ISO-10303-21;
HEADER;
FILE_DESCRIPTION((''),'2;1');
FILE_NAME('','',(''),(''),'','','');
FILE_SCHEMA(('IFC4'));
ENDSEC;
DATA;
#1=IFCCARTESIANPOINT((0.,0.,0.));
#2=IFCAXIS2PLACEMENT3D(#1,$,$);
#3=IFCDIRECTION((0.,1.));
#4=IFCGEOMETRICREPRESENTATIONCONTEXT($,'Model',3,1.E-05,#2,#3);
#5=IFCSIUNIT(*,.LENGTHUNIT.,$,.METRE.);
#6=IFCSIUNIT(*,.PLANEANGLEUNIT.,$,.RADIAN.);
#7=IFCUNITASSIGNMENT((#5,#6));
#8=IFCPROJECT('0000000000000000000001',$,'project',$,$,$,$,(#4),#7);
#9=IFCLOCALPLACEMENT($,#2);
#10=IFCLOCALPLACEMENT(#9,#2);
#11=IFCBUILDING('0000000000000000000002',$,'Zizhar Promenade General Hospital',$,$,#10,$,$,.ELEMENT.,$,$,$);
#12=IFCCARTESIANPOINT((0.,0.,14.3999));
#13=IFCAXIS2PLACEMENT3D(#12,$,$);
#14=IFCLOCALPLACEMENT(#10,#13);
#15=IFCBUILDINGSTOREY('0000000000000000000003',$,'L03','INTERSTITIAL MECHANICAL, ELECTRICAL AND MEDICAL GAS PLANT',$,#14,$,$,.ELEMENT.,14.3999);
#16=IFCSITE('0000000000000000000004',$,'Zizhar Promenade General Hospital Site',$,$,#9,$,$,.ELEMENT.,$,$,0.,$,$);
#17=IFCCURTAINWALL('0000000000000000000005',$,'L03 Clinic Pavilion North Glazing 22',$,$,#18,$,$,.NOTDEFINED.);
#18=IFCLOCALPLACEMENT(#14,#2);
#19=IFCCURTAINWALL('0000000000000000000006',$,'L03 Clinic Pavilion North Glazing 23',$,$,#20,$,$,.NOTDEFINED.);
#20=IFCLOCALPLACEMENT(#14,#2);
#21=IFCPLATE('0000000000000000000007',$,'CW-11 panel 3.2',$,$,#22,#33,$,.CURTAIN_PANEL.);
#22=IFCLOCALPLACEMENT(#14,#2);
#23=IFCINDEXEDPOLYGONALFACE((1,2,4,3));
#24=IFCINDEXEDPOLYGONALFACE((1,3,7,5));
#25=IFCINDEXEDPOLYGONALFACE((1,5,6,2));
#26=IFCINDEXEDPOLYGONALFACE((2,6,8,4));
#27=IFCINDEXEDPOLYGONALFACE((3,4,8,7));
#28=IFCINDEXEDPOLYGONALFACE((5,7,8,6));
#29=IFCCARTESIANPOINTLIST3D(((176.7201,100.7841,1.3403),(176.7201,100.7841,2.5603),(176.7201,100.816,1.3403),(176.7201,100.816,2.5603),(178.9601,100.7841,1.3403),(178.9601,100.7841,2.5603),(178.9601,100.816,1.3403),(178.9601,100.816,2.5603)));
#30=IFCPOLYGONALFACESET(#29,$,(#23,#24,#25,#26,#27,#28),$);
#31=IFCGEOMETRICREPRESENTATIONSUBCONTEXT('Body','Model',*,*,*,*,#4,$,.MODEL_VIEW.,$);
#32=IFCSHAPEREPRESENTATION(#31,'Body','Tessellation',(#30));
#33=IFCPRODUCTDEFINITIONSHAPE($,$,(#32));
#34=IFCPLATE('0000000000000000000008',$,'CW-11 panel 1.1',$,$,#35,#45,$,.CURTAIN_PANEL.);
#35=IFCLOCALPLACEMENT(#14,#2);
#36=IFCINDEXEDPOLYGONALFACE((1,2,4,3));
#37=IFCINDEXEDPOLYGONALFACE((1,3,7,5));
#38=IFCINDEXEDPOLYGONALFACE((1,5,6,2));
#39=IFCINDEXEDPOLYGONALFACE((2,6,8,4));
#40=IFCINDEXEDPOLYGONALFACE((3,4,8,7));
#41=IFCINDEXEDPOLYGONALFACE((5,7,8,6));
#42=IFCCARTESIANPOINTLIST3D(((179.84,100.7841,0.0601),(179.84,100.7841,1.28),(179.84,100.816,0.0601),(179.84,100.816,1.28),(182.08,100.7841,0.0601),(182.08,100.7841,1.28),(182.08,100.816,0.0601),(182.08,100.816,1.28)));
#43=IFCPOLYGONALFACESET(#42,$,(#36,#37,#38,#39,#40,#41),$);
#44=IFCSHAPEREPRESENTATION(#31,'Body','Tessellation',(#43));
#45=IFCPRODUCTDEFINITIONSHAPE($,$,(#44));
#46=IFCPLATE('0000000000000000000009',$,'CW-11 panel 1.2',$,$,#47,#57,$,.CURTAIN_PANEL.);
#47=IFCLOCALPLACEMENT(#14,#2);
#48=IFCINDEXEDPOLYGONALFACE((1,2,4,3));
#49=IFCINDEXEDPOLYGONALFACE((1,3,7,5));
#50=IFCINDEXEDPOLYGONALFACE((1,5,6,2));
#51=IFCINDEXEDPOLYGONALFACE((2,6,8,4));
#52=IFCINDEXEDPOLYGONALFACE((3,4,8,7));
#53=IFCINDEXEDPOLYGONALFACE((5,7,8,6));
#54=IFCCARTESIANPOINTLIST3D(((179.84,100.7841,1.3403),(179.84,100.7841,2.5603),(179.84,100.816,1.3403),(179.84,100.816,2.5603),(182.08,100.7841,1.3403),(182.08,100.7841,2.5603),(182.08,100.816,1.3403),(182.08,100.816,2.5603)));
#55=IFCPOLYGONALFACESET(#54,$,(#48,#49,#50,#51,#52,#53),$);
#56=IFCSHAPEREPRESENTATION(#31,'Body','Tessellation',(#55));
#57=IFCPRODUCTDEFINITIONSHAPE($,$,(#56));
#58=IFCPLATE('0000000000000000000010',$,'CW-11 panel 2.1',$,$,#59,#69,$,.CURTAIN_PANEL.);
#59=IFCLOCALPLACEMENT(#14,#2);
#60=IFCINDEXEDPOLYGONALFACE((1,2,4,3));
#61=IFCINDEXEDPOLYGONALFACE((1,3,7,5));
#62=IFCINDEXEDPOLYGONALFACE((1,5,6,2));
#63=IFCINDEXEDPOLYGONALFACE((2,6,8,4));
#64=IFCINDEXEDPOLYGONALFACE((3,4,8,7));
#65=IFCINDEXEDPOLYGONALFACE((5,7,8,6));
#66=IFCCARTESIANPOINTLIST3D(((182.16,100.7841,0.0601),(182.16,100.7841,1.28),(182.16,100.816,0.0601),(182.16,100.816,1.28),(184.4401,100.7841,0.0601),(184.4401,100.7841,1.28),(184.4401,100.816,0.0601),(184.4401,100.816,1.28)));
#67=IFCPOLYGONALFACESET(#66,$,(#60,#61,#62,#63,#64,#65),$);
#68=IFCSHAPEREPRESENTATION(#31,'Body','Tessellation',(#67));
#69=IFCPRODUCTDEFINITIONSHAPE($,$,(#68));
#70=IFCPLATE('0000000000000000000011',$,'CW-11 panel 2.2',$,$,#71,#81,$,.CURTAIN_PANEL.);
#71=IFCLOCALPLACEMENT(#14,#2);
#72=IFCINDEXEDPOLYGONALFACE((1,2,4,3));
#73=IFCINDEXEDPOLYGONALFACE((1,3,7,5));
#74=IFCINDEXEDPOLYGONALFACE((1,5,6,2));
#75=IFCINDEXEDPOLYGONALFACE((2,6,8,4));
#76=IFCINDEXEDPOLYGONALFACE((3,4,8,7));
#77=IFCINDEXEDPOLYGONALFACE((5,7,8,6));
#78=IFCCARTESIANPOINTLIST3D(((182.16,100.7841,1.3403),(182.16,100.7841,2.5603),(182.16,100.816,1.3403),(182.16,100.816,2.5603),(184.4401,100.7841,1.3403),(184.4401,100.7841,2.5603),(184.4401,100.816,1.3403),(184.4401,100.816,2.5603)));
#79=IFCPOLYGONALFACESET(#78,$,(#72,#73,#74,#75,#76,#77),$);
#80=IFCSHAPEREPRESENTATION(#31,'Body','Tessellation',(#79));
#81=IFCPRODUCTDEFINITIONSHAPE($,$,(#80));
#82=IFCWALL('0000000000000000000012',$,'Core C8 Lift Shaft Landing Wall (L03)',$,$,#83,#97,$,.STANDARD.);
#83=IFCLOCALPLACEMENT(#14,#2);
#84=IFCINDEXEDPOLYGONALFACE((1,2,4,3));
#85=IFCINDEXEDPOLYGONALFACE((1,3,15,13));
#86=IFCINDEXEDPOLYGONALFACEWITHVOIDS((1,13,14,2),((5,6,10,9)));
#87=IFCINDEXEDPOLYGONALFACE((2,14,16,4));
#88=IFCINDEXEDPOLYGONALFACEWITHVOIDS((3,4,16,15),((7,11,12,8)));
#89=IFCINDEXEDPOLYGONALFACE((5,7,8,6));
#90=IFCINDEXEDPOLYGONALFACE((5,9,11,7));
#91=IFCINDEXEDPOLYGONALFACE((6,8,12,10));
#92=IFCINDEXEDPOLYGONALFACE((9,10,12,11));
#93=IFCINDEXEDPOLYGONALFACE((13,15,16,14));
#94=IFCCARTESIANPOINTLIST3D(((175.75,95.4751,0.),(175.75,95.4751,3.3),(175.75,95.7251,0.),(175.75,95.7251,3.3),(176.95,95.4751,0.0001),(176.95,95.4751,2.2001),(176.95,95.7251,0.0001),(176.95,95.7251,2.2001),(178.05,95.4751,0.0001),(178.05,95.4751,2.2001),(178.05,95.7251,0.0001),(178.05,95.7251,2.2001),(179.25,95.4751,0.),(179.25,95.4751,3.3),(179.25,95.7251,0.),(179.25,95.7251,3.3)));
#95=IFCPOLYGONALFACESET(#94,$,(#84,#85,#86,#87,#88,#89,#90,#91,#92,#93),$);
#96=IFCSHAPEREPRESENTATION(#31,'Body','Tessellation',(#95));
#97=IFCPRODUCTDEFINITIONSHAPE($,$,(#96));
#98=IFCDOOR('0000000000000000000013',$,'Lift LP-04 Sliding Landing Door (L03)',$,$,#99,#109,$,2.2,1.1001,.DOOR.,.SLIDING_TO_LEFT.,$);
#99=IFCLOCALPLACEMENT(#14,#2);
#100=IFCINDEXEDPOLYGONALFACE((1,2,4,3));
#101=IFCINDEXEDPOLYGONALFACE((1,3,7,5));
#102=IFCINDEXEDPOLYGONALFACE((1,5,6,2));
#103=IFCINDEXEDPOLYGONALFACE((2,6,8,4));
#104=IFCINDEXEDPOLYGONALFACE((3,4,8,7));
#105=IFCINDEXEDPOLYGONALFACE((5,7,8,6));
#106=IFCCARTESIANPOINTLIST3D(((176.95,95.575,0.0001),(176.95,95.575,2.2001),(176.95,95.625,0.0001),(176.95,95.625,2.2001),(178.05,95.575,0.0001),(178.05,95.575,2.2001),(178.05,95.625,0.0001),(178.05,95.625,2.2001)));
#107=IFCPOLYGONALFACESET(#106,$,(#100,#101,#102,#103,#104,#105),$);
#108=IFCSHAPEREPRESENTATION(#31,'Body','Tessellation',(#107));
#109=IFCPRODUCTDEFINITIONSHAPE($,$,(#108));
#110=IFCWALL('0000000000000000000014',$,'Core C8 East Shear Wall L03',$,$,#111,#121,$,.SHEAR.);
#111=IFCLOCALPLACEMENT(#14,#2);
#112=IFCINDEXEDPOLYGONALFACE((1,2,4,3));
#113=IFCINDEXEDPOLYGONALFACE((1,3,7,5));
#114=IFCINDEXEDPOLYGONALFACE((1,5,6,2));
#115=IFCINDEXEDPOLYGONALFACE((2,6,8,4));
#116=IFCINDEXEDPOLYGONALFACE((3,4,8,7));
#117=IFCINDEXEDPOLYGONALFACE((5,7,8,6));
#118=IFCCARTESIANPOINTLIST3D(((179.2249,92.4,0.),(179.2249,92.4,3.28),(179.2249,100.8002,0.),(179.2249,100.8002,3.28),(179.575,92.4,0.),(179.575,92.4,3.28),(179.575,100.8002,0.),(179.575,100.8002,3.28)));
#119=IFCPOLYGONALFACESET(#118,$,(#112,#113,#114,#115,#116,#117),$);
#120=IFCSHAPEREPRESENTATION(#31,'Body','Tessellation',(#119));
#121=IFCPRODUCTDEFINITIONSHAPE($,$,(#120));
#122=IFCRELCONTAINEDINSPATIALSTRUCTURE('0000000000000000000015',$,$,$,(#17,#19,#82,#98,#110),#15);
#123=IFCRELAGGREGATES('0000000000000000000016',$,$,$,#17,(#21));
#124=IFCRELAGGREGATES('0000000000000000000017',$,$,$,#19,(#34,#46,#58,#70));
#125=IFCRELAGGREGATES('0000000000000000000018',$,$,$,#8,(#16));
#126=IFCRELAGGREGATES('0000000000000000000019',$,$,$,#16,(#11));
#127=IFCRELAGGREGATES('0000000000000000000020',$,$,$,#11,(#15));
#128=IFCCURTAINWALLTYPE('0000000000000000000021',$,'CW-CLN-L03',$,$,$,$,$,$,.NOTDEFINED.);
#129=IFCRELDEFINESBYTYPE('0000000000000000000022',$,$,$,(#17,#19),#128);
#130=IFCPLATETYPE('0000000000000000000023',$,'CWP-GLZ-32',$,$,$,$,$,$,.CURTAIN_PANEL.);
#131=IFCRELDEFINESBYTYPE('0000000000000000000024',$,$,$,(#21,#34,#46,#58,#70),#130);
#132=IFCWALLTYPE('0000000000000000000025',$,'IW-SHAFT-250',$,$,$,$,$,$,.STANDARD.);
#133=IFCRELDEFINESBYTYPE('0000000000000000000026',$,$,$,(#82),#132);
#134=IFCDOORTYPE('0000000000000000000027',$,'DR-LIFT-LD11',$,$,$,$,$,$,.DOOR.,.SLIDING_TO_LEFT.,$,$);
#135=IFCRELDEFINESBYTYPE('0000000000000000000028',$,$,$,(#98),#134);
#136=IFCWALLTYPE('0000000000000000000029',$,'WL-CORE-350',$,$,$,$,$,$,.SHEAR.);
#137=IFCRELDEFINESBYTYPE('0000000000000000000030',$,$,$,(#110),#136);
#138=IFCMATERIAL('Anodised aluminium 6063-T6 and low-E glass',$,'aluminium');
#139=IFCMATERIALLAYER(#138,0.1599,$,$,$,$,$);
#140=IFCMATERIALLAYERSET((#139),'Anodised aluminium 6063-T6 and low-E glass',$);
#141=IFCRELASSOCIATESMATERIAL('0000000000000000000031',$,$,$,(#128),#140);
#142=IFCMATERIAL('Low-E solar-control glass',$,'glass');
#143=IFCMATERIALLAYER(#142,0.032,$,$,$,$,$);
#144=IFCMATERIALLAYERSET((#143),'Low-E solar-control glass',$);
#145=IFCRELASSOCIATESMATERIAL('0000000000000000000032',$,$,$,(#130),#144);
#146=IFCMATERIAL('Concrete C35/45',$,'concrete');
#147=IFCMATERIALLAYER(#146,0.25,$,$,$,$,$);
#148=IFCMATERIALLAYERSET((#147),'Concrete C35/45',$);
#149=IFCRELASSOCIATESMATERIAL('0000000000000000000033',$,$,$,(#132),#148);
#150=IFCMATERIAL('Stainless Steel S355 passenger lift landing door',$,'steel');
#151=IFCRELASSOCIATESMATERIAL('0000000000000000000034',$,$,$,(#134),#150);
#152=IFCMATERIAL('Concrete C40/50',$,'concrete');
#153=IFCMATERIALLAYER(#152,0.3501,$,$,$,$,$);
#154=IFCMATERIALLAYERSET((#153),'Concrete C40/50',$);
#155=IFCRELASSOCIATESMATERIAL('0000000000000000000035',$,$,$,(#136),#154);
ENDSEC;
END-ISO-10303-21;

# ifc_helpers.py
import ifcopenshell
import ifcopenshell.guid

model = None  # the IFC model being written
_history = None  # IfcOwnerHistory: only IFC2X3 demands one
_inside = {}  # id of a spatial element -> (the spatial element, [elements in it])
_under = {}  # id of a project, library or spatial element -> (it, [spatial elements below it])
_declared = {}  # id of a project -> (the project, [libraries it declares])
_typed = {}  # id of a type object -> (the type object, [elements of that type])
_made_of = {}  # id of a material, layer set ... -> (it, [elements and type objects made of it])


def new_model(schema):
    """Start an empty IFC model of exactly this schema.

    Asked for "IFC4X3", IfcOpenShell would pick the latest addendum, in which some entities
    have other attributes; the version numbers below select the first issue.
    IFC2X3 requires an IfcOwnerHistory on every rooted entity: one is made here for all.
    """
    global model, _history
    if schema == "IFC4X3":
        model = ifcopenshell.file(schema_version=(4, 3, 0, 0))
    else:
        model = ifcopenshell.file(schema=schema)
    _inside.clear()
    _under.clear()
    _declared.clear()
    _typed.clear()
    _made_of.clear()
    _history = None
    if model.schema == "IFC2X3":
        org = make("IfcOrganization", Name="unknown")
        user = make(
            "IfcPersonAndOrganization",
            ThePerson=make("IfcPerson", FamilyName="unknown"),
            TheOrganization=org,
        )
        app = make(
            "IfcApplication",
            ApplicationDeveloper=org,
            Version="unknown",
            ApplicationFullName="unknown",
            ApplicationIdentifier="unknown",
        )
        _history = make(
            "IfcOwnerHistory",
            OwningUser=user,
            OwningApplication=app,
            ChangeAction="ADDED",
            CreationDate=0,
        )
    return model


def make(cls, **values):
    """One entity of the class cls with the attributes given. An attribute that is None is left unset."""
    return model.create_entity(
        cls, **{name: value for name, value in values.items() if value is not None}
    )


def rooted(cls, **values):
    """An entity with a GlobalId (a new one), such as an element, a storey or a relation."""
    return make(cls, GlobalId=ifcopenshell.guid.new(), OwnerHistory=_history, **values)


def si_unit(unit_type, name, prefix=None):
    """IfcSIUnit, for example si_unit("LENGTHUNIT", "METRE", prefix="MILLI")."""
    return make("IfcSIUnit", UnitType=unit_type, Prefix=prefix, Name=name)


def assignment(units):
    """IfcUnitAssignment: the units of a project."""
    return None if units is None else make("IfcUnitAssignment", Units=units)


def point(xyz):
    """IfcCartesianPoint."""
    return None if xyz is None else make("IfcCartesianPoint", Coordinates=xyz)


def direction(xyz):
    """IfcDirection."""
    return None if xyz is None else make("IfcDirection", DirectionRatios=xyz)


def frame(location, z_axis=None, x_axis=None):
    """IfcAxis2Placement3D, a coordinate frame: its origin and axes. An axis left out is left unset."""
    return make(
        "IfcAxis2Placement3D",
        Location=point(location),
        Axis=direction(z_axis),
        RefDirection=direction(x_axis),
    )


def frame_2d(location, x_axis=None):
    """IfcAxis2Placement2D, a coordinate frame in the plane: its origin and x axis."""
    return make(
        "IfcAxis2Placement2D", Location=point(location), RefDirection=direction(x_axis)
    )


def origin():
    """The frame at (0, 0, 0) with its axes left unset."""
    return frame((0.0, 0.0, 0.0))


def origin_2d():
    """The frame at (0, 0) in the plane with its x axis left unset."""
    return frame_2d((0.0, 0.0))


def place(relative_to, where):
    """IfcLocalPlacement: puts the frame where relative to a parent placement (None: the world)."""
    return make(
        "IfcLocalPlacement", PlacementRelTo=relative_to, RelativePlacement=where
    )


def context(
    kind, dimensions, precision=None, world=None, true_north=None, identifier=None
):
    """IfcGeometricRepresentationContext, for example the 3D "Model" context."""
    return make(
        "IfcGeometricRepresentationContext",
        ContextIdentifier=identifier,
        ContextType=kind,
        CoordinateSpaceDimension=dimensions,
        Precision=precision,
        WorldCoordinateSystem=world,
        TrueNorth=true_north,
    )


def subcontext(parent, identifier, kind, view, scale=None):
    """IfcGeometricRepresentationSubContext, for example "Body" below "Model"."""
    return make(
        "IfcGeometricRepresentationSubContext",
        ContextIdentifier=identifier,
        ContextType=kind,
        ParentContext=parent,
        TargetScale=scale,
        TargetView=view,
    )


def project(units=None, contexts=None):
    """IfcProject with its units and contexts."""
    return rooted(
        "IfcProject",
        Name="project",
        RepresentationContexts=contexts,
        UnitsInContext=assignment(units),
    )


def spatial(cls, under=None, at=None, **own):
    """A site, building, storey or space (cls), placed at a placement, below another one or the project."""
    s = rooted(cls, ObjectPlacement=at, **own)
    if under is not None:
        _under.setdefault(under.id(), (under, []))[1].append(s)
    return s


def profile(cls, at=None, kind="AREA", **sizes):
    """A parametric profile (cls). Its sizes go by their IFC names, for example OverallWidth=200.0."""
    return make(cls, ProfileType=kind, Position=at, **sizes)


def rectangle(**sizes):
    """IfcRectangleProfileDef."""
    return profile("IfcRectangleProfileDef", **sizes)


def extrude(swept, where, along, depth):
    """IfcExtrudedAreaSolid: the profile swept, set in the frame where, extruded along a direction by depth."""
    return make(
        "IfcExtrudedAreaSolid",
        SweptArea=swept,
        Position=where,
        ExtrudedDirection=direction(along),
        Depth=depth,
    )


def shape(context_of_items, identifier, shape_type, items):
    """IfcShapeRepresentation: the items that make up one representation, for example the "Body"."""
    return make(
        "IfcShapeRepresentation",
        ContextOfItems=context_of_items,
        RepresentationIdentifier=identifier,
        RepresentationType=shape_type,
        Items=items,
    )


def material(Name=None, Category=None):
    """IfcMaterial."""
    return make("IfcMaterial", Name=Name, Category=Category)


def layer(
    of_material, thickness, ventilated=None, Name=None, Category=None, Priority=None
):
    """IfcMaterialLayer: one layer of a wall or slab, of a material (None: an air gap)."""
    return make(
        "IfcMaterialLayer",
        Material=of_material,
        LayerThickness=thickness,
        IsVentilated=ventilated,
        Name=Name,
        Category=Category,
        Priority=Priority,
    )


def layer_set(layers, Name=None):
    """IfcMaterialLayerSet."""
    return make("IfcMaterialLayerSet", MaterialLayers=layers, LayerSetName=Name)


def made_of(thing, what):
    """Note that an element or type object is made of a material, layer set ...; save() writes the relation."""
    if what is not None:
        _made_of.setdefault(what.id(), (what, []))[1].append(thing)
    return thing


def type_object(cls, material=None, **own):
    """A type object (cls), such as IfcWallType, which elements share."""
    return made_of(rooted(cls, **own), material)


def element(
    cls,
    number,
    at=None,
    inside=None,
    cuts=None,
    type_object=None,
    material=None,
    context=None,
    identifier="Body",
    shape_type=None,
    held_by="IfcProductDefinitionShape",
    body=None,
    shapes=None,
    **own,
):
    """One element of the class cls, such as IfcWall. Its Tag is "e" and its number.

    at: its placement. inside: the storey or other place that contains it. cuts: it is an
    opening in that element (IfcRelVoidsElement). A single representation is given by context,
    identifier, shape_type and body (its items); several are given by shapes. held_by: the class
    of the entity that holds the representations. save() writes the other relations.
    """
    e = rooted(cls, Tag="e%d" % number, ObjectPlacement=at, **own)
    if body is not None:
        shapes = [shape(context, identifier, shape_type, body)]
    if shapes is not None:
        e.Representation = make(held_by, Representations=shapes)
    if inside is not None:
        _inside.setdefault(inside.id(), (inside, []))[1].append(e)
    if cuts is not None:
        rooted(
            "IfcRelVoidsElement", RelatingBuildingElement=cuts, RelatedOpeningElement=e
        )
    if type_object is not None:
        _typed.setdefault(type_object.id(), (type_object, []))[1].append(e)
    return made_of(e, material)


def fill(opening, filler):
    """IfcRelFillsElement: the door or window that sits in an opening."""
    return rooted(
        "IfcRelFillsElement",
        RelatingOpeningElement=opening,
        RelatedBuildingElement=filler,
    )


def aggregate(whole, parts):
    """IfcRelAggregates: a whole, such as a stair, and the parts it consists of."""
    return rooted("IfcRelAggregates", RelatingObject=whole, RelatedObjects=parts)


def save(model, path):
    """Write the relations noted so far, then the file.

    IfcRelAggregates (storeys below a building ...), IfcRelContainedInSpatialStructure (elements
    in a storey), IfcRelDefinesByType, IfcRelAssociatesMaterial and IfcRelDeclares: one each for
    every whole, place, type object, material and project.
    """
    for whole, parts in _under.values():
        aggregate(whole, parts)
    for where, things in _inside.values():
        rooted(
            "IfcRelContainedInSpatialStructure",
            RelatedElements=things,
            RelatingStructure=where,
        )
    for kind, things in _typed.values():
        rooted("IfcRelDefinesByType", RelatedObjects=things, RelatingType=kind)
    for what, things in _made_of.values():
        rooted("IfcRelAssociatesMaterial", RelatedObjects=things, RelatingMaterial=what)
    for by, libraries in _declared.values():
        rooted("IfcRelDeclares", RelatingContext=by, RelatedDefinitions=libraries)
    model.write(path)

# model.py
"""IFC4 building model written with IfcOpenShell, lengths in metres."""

from ifc_helpers import new_model, si_unit, direction, frame, frame_2d, origin, origin_2d, place, context, subcontext, project, spatial, rectangle, extrude, material, layer, layer_set, type_object, element, fill, aggregate, save


model = new_model("IFC4")

# Units and contexts
model_context = context("Model", 3, precision=1e-05, world=origin(), true_north=direction((0.0, 1.0)))
body_context = subcontext(model_context, "Body", "Model", "MODEL_VIEW")
ifc_project = project(units=[si_unit("LENGTHUNIT", "METRE"), si_unit("PLANEANGLEUNIT", "RADIAN")], contexts=[model_context])

# Site, building, storey
site_placement = place(None, origin())
site = spatial("IfcSite", under=ifc_project, at=site_placement, Name="Zizhar Promenade General Hospital Site", CompositionType="ELEMENT", RefElevation=0.0)
building_placement = place(site_placement, origin())
building = spatial("IfcBuilding", under=site, at=building_placement, Name="Zizhar Promenade General Hospital", CompositionType="ELEMENT")
storey_placement = place(building_placement, frame((0.0, 0.0, 14.3999)))
storey = spatial("IfcBuildingStorey", under=building, at=storey_placement, Name="L03", Description="INTERSTITIAL MECHANICAL, ELECTRICAL AND MEDICAL GAS PLANT", CompositionType="ELEMENT", Elevation=14.3999)

# Curtain walls
ifc_material_1 = material(Name="Anodised aluminium 6063-T6 and low-E glass", Category="aluminium")
ifc_layer_1 = layer(ifc_material_1, 0.1599)
ifc_layer_set_1 = layer_set([ifc_layer_1], Name="Anodised aluminium 6063-T6 and low-E glass")
curtain_wall_type = type_object("IfcCurtainWallType", Name="CW-CLN-L03", PredefinedType="NOTDEFINED", material=ifc_layer_set_1)
curtain_wall_1_placement = place(storey_placement, origin())
curtain_wall_1 = element("IfcCurtainWall", 1, at=curtain_wall_1_placement, inside=storey, type_object=curtain_wall_type, Name="L03 Clinic Pavilion North Glazing 22", PredefinedType="NOTDEFINED")
curtain_wall_2_placement = place(storey_placement, origin())
curtain_wall_2 = element("IfcCurtainWall", 2, at=curtain_wall_2_placement, inside=storey, type_object=curtain_wall_type, Name="L03 Clinic Pavilion North Glazing 23", PredefinedType="NOTDEFINED")

# Plates
ifc_material_2 = material(Name="Low-E solar-control glass", Category="glass")
ifc_layer_2 = layer(ifc_material_2, 0.032)
ifc_layer_set_2 = layer_set([ifc_layer_2], Name="Low-E solar-control glass")
plate_type = type_object("IfcPlateType", Name="CWP-GLZ-32", PredefinedType="CURTAIN_PANEL", material=ifc_layer_set_2)
plate_1_placement = place(storey_placement, frame((177.8401, 100.8, 1.3403), z_axis=(0.0, 0.0, 1.0), x_axis=(1.0, 0.0, 0.0)))
plate_1 = element("IfcPlate", 3, at=plate_1_placement, type_object=plate_type, Name="CW-11 panel 3.2", PredefinedType="CURTAIN_PANEL", context=body_context, shape_type="SweptSolid", body=[
    extrude(rectangle(XDim=2.24, YDim=0.032, at=origin_2d()), origin(), (0.0, 0.0, 1.0), 1.22),
])
aggregate(curtain_wall_1, [plate_1])
plate_2_placement = place(storey_placement, frame((180.96, 100.8, 0.0601), z_axis=(0.0, 0.0, 1.0), x_axis=(1.0, 0.0, 0.0)))
plate_2 = element("IfcPlate", 4, at=plate_2_placement, type_object=plate_type, Name="CW-11 panel 1.1", PredefinedType="CURTAIN_PANEL", context=body_context, shape_type="SweptSolid", body=[
    extrude(rectangle(XDim=2.24, YDim=0.032, at=origin_2d()), origin(), (0.0, 0.0, 1.0), 1.22),
])
plate_3_placement = place(storey_placement, frame((180.96, 100.8, 1.3403), z_axis=(0.0, 0.0, 1.0), x_axis=(1.0, 0.0, 0.0)))
plate_3 = element("IfcPlate", 5, at=plate_3_placement, type_object=plate_type, Name="CW-11 panel 1.2", PredefinedType="CURTAIN_PANEL", context=body_context, shape_type="SweptSolid", body=[
    extrude(rectangle(XDim=2.24, YDim=0.032, at=origin_2d()), origin(), (0.0, 0.0, 1.0), 1.22),
])
plate_4_placement = place(storey_placement, frame((183.3, 100.8, 0.0601), z_axis=(0.0, 0.0, 1.0), x_axis=(1.0, 0.0, 0.0)))
plate_4 = element("IfcPlate", 6, at=plate_4_placement, type_object=plate_type, Name="CW-11 panel 2.1", PredefinedType="CURTAIN_PANEL", context=body_context, shape_type="SweptSolid", body=[
    extrude(rectangle(XDim=2.28, YDim=0.032, at=origin_2d()), origin(), (0.0, 0.0, 1.0), 1.22),
])
plate_5_placement = place(storey_placement, frame((183.3, 100.8, 1.3403), z_axis=(0.0, 0.0, 1.0), x_axis=(1.0, 0.0, 0.0)))
plate_5 = element("IfcPlate", 7, at=plate_5_placement, type_object=plate_type, Name="CW-11 panel 2.2", PredefinedType="CURTAIN_PANEL", context=body_context, shape_type="SweptSolid", body=[
    extrude(rectangle(XDim=2.28, YDim=0.032, at=origin_2d()), origin(), (0.0, 0.0, 1.0), 1.22),
])
aggregate(curtain_wall_2, [plate_2, plate_3, plate_4, plate_5])

# Wall, opening, door
ifc_material_3 = material(Name="Concrete C35/45", Category="concrete")
ifc_layer_3 = layer(ifc_material_3, 0.25)
ifc_layer_set_3 = layer_set([ifc_layer_3], Name="Concrete C35/45")
wall_type_1 = type_object("IfcWallType", Name="IW-SHAFT-250", PredefinedType="STANDARD", material=ifc_layer_set_3)
wall_1_placement = place(storey_placement, frame((175.75, 95.6001, 0.0), z_axis=(0.0, 0.0, 1.0), x_axis=(1.0, 0.0, 0.0)))
wall_1 = element("IfcWall", 8, at=wall_1_placement, inside=storey, type_object=wall_type_1, Name="Core C8 Lift Shaft Landing Wall (L03)", PredefinedType="STANDARD", context=body_context, shape_type="SweptSolid", body=[
    extrude(rectangle(XDim=3.5, YDim=0.25, at=frame_2d((1.75, 0.0))), origin(), (0.0, 0.0, 1.0), 3.3),
])
opening_placement = place(wall_1_placement, frame((1.2, 0.0, 0.0)))
opening = element("IfcOpeningElement", 9, at=opening_placement, cuts=wall_1, PredefinedType="OPENING", context=body_context, shape_type="SweptSolid", body=[
    extrude(rectangle(XDim=1.1001, YDim=2.2, at=frame_2d((0.55, 1.1001))), frame((0.0, 0.135, 0.0), z_axis=(0.0, -1.0, 0.0), x_axis=(1.0, 0.0, 0.0)), (0.0, 0.0, 1.0), 0.27),
])
ifc_material_4 = material(Name="Stainless Steel S355 passenger lift landing door", Category="steel")
door_type = type_object("IfcDoorType", Name="DR-LIFT-LD11", OperationType="SLIDING_TO_LEFT", PredefinedType="DOOR", material=ifc_material_4)
door_placement = place(opening_placement, origin())
door = element("IfcDoor", 10, at=door_placement, inside=storey, type_object=door_type, Name="Lift LP-04 Sliding Landing Door (L03)", OperationType="SLIDING_TO_LEFT", OverallHeight=2.2, OverallWidth=1.1001, PredefinedType="DOOR", context=body_context, shape_type="SweptSolid", body=[
    extrude(rectangle(XDim=1.1001, YDim=2.2, at=frame_2d((0.55, 1.1001))), frame((0.0, 0.0249, 0.0), z_axis=(0.0, -1.0, 0.0), x_axis=(1.0, 0.0, 0.0)), (0.0, 0.0, 1.0), 0.05),
])
fill(opening, door)

# Wall
ifc_material_5 = material(Name="Concrete C40/50", Category="concrete")
ifc_layer_4 = layer(ifc_material_5, 0.3501)
ifc_layer_set_4 = layer_set([ifc_layer_4], Name="Concrete C40/50")
wall_type_2 = type_object("IfcWallType", Name="WL-CORE-350", PredefinedType="SHEAR", material=ifc_layer_set_4)
wall_2_placement = place(storey_placement, frame((179.3999, 92.3999, 0.0), z_axis=(0.0, 0.0, 1.0), x_axis=(0.0, 1.0, 0.0)))
element("IfcWall", 11, at=wall_2_placement, inside=storey, type_object=wall_type_2, Name="Core C8 East Shear Wall L03", PredefinedType="SHEAR", context=body_context, shape_type="SweptSolid", body=[
    extrude(rectangle(XDim=8.4001, YDim=0.3501, at=frame_2d((4.2002, 0.0))), origin(), (0.0, 0.0, 1.0), 3.28),
])

save(model, "model.ifc")
